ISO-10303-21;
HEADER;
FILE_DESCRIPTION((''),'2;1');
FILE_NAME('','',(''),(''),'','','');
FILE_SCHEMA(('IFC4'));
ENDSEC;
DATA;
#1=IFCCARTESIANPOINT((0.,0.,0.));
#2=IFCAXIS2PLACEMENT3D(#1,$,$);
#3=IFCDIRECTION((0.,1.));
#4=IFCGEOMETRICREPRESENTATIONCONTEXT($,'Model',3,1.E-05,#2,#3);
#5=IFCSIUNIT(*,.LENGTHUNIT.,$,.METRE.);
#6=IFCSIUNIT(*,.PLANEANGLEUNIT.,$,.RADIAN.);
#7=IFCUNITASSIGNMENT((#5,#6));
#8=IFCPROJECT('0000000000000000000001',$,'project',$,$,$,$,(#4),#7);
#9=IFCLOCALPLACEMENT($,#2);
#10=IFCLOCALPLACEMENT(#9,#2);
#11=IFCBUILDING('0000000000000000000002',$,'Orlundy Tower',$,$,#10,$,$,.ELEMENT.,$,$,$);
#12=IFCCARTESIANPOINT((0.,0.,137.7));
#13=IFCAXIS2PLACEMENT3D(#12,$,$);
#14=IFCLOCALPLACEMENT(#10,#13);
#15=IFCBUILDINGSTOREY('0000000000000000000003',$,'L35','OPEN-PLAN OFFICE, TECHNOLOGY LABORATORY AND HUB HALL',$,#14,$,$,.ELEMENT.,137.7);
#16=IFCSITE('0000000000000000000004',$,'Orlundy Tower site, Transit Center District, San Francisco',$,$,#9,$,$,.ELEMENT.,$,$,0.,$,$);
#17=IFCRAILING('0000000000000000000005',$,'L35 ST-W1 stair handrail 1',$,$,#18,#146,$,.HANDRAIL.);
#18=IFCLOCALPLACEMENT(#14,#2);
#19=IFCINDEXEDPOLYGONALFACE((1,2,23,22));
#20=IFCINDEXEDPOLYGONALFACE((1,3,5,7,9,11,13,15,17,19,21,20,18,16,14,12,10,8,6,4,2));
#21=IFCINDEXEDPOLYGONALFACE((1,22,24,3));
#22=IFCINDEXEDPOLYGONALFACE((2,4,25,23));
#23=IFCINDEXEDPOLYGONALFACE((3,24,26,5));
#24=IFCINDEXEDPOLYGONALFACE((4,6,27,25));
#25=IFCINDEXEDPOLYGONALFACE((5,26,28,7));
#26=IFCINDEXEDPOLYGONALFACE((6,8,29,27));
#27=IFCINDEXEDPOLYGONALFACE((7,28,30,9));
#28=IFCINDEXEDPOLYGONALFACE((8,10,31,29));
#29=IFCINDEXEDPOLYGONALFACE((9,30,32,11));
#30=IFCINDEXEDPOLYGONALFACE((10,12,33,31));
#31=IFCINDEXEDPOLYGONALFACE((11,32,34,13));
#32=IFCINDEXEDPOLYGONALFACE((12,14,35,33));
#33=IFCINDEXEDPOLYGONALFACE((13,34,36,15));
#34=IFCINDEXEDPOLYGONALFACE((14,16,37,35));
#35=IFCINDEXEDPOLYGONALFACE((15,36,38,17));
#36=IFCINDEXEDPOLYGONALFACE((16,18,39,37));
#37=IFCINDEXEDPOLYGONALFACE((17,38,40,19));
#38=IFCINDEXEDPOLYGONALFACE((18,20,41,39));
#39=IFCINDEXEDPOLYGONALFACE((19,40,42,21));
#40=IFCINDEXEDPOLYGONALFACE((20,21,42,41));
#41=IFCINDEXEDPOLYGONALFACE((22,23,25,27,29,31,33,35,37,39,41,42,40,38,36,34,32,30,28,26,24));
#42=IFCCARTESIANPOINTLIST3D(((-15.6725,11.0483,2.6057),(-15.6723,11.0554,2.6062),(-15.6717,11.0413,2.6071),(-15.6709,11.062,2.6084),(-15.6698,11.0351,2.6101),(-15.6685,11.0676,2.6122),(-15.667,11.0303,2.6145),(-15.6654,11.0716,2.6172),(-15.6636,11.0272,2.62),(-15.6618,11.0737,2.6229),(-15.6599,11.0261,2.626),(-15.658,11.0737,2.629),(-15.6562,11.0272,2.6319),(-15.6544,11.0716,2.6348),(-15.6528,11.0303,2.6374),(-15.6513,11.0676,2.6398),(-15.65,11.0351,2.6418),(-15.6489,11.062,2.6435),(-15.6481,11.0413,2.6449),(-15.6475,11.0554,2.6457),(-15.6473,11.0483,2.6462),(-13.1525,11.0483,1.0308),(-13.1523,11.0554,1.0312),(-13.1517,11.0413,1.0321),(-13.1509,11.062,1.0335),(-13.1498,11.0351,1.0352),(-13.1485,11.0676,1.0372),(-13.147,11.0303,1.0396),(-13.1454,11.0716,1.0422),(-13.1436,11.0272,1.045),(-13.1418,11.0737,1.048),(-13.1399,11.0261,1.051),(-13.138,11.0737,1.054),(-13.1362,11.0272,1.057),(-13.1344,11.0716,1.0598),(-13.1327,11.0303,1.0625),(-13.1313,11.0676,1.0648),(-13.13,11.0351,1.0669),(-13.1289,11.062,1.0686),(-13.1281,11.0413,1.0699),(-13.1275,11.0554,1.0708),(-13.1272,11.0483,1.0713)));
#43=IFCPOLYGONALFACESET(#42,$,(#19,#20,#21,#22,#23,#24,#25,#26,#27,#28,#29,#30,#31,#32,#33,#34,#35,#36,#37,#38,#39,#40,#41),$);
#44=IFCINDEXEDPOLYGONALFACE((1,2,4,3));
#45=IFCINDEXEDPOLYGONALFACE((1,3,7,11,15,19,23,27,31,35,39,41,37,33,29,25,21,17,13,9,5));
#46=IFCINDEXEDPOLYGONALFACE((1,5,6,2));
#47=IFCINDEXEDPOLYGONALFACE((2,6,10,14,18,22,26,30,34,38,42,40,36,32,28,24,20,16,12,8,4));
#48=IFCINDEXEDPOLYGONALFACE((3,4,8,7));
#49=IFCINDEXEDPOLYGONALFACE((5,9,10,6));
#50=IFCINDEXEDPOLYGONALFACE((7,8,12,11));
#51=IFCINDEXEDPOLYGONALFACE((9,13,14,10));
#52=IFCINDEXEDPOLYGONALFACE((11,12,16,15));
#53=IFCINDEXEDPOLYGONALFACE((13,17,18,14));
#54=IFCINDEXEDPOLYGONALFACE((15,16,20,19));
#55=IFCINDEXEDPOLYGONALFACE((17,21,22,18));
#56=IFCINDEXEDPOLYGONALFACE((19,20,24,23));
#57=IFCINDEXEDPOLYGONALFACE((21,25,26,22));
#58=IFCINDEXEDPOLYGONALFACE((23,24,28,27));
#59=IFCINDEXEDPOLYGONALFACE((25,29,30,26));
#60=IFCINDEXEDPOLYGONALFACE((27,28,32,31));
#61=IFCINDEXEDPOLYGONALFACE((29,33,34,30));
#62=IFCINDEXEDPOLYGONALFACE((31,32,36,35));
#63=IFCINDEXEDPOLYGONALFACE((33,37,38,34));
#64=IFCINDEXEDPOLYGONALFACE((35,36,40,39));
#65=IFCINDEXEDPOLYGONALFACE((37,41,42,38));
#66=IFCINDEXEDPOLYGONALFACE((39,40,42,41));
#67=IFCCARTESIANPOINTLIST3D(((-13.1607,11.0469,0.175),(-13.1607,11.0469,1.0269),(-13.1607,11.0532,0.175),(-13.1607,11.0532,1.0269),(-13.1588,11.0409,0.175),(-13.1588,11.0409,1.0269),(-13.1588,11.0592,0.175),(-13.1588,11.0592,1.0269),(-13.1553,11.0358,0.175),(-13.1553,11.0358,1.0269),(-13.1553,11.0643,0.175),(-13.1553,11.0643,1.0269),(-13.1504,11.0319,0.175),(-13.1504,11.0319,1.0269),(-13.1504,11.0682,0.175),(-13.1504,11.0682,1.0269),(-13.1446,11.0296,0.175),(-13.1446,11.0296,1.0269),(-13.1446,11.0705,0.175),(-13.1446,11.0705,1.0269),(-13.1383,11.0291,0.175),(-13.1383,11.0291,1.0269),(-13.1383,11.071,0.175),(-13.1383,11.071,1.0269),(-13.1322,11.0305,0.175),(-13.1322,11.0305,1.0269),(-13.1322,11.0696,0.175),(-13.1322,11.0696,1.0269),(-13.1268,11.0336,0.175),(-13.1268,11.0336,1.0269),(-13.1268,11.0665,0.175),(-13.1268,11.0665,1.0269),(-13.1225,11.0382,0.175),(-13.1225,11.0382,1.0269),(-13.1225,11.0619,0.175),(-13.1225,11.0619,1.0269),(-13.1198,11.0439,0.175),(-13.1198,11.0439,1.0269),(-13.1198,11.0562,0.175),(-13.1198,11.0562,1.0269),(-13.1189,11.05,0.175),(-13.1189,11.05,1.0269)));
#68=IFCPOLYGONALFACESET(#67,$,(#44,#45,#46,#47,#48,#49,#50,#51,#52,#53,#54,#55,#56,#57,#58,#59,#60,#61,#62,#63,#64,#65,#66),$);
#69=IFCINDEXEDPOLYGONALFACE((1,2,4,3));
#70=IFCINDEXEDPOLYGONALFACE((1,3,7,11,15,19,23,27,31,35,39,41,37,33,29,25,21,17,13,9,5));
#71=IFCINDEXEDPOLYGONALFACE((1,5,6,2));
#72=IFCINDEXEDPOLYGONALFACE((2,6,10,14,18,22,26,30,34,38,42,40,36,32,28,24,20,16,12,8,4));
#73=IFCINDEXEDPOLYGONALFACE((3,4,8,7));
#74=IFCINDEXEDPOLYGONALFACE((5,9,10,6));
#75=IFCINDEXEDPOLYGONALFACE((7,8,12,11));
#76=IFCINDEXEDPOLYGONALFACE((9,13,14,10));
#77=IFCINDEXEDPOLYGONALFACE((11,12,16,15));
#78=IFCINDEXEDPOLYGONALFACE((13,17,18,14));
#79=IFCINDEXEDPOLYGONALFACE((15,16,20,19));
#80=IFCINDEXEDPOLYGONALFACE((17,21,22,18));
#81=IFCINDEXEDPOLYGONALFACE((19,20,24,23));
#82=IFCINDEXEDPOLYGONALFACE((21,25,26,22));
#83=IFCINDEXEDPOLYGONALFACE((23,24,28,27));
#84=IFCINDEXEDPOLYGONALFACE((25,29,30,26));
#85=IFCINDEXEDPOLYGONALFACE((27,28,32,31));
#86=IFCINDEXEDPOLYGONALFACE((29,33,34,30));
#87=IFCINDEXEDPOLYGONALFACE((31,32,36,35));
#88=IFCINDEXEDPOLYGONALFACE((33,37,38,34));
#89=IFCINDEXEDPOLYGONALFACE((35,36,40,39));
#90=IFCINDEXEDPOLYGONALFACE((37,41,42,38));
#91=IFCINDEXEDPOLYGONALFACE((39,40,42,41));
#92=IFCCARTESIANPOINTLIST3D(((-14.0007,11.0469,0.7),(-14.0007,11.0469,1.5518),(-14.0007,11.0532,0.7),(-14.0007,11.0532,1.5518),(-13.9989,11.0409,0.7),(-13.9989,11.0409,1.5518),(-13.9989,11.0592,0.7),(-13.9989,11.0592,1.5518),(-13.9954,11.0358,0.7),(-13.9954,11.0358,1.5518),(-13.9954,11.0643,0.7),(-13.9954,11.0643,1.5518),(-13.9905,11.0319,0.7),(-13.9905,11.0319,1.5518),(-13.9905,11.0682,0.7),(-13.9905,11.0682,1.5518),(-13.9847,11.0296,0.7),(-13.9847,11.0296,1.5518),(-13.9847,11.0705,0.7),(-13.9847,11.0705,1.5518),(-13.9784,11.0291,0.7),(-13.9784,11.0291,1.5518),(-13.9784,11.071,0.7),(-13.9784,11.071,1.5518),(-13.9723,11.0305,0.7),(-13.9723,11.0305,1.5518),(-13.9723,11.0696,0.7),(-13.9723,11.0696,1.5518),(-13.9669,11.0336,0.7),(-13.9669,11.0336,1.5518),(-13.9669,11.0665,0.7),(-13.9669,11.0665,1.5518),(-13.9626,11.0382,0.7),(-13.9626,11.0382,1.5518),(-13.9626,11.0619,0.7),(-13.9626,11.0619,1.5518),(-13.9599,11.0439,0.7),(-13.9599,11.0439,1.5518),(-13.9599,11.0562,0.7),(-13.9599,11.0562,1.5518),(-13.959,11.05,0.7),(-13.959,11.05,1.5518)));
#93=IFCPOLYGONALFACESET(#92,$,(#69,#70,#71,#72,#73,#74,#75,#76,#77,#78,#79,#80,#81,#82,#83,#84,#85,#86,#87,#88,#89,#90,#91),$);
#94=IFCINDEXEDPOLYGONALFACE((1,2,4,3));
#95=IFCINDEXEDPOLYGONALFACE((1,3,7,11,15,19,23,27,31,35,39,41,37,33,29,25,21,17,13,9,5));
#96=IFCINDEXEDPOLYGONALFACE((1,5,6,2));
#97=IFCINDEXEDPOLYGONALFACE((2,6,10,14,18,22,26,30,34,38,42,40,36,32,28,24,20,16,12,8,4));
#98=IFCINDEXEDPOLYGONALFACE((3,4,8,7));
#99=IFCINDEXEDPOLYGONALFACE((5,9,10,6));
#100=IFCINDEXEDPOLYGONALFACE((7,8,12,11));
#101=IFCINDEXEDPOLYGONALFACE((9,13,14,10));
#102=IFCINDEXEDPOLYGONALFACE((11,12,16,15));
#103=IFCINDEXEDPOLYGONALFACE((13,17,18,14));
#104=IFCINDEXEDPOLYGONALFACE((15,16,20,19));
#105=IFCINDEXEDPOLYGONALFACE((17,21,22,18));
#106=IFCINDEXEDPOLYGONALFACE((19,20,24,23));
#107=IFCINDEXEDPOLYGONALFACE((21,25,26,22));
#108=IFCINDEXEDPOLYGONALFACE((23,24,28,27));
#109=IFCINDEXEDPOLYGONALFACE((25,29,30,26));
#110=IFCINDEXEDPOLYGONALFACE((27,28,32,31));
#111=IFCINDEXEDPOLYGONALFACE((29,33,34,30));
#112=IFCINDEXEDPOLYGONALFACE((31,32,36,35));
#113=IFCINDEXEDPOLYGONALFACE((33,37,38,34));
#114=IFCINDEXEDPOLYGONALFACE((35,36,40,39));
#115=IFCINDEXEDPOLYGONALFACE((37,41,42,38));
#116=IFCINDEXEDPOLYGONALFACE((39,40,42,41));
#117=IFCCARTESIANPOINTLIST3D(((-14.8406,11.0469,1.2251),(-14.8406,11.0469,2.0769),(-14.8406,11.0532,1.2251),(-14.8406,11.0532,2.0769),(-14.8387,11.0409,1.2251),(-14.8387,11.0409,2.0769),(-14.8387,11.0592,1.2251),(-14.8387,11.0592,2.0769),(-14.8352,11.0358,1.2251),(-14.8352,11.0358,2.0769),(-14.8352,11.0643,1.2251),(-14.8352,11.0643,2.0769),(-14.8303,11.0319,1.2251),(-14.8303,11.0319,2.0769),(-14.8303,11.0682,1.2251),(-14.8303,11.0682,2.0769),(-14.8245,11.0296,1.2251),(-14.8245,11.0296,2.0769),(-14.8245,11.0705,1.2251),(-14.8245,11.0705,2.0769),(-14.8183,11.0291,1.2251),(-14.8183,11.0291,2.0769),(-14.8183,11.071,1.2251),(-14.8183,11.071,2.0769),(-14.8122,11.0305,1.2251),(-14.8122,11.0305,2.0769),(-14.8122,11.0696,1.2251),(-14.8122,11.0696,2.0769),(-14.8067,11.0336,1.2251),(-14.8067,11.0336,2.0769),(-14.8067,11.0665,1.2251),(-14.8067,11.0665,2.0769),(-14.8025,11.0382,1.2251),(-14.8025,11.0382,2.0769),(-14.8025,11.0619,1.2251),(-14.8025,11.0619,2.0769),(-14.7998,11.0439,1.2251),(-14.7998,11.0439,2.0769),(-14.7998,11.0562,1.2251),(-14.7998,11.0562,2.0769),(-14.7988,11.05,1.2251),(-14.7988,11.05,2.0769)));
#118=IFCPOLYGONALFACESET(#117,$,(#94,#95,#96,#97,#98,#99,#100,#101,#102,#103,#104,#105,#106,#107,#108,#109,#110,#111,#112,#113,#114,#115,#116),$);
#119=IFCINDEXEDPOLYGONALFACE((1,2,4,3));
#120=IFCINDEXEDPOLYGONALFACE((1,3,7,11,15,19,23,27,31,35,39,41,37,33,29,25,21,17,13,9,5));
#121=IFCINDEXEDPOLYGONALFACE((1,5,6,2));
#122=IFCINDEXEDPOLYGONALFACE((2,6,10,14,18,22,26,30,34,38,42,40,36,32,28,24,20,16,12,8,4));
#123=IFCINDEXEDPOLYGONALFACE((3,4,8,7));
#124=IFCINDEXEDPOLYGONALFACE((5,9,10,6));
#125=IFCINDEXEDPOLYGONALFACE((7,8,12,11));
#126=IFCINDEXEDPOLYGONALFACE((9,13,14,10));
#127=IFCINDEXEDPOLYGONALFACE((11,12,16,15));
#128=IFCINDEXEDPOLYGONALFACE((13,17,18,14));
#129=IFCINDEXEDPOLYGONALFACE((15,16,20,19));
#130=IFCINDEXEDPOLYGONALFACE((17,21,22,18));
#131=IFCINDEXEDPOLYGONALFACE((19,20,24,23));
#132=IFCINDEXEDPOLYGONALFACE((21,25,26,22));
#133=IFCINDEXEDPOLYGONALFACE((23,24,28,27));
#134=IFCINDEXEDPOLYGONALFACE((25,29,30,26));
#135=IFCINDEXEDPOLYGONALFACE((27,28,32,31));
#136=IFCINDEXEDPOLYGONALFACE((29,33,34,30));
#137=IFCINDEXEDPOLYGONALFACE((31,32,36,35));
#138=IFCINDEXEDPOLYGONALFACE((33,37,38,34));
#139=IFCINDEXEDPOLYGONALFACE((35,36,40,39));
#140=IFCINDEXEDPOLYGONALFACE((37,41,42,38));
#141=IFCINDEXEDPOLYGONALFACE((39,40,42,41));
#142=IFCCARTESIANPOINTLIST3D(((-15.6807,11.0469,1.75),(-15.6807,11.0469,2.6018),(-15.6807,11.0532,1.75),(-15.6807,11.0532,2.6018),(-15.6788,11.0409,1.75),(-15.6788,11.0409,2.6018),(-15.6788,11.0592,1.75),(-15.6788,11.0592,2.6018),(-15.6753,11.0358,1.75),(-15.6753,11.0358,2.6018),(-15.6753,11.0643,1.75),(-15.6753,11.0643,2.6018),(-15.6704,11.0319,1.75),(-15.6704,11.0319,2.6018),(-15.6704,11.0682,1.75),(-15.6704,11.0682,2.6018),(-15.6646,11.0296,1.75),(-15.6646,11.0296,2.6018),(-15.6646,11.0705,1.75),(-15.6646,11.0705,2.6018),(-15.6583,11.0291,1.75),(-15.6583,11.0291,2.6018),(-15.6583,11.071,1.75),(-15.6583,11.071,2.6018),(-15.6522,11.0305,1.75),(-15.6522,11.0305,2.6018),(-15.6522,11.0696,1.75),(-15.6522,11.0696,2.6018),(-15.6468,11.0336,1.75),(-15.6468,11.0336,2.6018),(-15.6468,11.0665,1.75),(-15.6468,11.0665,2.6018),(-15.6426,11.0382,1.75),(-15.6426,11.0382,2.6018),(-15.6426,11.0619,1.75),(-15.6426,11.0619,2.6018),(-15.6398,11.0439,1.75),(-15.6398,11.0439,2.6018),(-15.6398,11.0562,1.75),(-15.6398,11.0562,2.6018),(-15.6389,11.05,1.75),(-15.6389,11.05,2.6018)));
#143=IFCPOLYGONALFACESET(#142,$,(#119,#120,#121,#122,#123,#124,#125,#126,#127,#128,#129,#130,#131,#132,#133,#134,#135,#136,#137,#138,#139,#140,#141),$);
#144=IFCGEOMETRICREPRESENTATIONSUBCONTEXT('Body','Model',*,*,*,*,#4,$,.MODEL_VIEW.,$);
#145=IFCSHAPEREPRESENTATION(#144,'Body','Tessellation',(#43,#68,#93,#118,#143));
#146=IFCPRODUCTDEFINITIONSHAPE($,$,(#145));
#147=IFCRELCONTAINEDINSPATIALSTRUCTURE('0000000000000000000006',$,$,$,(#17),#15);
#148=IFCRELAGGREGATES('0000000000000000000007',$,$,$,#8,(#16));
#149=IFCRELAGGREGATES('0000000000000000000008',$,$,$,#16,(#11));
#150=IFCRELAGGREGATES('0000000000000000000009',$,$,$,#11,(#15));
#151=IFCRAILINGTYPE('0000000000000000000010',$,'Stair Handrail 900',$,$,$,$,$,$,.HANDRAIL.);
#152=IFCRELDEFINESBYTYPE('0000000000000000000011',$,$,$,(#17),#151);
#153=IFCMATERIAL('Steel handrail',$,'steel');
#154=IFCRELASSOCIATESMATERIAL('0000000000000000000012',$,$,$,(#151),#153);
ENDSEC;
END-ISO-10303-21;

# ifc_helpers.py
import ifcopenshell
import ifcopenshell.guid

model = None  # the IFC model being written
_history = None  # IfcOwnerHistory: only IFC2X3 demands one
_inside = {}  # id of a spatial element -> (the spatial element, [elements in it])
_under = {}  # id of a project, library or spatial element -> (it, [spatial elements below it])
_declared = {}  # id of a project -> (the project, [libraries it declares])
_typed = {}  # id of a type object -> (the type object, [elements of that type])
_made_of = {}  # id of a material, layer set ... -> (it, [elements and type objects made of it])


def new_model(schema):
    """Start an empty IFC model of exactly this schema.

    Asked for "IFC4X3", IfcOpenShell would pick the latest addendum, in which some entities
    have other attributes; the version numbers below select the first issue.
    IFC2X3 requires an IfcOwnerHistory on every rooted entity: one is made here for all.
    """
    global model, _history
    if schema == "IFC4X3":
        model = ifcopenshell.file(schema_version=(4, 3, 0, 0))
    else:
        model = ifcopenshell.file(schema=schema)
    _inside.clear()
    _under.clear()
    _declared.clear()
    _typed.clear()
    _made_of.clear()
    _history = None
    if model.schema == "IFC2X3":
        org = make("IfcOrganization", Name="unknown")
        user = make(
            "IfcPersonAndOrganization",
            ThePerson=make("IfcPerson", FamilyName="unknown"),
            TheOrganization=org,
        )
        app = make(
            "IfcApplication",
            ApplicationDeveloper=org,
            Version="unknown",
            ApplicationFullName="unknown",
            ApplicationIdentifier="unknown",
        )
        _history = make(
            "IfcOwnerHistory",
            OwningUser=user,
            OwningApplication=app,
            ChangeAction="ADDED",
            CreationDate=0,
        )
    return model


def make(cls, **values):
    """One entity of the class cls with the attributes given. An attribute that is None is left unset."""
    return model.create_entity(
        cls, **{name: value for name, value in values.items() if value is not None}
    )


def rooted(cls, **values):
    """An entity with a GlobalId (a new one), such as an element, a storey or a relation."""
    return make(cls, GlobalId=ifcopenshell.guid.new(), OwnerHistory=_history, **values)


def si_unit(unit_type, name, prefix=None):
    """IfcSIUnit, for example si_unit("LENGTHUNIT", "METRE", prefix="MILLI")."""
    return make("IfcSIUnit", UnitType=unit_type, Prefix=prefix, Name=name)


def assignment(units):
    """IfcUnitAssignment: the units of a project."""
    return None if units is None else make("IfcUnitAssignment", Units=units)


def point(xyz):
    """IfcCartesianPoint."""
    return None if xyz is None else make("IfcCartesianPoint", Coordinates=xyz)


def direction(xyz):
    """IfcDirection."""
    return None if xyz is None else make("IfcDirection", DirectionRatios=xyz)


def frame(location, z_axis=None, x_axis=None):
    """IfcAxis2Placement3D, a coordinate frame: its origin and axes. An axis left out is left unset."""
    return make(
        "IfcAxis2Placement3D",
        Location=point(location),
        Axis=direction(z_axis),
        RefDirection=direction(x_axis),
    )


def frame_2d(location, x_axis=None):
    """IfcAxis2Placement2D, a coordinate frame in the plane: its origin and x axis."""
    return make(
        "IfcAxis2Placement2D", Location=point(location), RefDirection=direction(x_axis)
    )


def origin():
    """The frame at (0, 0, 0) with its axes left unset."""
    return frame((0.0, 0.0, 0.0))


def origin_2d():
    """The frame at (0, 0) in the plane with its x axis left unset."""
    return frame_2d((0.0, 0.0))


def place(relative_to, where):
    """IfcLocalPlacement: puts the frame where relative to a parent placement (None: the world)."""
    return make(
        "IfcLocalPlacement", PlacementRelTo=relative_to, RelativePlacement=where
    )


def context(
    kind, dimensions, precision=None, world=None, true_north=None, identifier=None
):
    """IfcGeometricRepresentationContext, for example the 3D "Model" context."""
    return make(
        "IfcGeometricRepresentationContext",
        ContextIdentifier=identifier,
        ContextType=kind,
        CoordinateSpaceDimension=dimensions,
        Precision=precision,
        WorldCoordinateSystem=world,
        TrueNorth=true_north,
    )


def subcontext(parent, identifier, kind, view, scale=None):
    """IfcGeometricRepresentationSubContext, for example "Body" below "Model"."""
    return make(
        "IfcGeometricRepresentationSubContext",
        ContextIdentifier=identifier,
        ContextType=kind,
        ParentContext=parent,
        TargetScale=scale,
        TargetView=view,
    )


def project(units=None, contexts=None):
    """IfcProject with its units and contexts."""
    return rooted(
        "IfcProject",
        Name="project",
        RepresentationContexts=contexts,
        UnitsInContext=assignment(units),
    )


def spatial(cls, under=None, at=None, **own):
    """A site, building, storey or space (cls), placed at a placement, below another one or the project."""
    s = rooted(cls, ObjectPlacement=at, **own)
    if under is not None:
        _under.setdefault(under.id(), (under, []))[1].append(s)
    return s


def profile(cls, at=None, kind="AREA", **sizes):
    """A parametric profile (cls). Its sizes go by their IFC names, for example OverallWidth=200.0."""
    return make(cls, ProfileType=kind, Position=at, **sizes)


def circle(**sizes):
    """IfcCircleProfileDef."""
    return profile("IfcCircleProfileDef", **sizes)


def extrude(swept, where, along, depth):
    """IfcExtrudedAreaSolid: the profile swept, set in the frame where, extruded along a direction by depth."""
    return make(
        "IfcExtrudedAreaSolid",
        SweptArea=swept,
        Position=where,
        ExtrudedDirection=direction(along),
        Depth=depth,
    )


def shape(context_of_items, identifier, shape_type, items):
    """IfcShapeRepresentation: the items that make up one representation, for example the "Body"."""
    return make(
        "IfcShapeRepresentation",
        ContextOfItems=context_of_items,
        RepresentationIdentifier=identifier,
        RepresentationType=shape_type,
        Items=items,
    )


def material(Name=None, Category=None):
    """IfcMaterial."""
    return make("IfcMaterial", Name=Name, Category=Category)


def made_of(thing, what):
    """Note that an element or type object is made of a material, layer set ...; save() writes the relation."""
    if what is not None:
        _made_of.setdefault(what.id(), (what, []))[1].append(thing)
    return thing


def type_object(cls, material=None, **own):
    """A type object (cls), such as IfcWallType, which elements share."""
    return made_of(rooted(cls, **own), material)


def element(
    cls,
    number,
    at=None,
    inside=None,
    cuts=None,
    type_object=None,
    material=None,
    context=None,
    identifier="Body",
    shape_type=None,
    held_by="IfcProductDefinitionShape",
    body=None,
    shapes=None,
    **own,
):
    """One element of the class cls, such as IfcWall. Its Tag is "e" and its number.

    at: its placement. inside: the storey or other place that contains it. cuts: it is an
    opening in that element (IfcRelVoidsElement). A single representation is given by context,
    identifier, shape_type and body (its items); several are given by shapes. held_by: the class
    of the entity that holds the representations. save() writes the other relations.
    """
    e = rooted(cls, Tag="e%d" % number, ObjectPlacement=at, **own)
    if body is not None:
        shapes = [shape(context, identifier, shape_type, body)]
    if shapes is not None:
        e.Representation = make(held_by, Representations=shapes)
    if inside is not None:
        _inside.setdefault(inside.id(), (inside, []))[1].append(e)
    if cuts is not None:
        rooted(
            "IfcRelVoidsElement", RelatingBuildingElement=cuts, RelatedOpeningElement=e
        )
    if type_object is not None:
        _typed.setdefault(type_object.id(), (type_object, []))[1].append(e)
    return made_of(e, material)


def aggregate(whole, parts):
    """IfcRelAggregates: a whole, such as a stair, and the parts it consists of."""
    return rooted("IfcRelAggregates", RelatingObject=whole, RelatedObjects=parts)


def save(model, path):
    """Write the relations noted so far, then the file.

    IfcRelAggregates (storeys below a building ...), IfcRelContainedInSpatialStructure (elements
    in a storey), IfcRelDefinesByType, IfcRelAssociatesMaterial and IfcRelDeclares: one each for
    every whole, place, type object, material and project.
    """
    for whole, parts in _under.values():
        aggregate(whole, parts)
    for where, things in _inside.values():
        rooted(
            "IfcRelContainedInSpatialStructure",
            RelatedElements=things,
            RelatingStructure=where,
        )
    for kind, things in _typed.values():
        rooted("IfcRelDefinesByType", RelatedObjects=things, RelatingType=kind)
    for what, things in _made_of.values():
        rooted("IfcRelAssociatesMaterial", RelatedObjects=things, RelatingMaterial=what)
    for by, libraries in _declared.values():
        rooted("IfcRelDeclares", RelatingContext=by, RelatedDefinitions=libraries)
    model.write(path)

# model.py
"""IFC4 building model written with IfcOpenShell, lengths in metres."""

from ifc_helpers import new_model, si_unit, direction, frame, origin, origin_2d, place, context, subcontext, project, spatial, circle, extrude, material, type_object, element, save


model = new_model("IFC4")

# Units and contexts
model_context = context("Model", 3, precision=1e-05, world=origin(), true_north=direction((0.0, 1.0)))
body_context = subcontext(model_context, "Body", "Model", "MODEL_VIEW")
ifc_project = project(units=[si_unit("LENGTHUNIT", "METRE"), si_unit("PLANEANGLEUNIT", "RADIAN")], contexts=[model_context])

# Site, building, storey
site_placement = place(None, origin())
site = spatial("IfcSite", under=ifc_project, at=site_placement, Name="Orlundy Tower site, Transit Center District, San Francisco", CompositionType="ELEMENT", RefElevation=0.0)
building_placement = place(site_placement, origin())
building = spatial("IfcBuilding", under=site, at=building_placement, Name="Orlundy Tower", CompositionType="ELEMENT")
storey_placement = place(building_placement, frame((0.0, 0.0, 137.7)))
storey = spatial("IfcBuildingStorey", under=building, at=storey_placement, Name="L35", Description="OPEN-PLAN OFFICE, TECHNOLOGY LABORATORY AND HUB HALL", CompositionType="ELEMENT", Elevation=137.7)

# Railing
ifc_material_1 = material(Name="Steel handrail", Category="steel")
railing_type_1 = type_object("IfcRailingType", Name="Stair Handrail 900", PredefinedType="HANDRAIL", material=ifc_material_1)
railing_1_placement = place(storey_placement, frame((-13.1399, 11.05, 0.175)))
element("IfcRailing", 1, at=railing_1_placement, inside=storey, type_object=railing_type_1, Name="L35 ST-W1 stair handrail 1", PredefinedType="HANDRAIL", context=body_context, shape_type="SweptSolid", body=[
    extrude(circle(Radius=0.0239, at=origin_2d()), frame((0.0, 0.0, 0.876), z_axis=(-0.848008, 0.0, 0.529984), x_axis=(0.0, -1.0, 0.0)), (0.0, 0.0, 1.0), 2.9717),
    extrude(circle(Radius=0.021, at=origin_2d()), origin(), (0.0, 0.0, 1.0), 0.8518),
    extrude(circle(Radius=0.021, at=origin_2d()), frame((-0.8401, 0.0, 0.5249)), (0.0, 0.0, 1.0), 0.8518),
    extrude(circle(Radius=0.021, at=origin_2d()), frame((-1.6799, 0.0, 1.05)), (0.0, 0.0, 1.0), 0.8518),
    extrude(circle(Radius=0.021, at=origin_2d()), frame((-2.52, 0.0, 1.575)), (0.0, 0.0, 1.0), 0.8518),
])

save(model, "model.ifc")
